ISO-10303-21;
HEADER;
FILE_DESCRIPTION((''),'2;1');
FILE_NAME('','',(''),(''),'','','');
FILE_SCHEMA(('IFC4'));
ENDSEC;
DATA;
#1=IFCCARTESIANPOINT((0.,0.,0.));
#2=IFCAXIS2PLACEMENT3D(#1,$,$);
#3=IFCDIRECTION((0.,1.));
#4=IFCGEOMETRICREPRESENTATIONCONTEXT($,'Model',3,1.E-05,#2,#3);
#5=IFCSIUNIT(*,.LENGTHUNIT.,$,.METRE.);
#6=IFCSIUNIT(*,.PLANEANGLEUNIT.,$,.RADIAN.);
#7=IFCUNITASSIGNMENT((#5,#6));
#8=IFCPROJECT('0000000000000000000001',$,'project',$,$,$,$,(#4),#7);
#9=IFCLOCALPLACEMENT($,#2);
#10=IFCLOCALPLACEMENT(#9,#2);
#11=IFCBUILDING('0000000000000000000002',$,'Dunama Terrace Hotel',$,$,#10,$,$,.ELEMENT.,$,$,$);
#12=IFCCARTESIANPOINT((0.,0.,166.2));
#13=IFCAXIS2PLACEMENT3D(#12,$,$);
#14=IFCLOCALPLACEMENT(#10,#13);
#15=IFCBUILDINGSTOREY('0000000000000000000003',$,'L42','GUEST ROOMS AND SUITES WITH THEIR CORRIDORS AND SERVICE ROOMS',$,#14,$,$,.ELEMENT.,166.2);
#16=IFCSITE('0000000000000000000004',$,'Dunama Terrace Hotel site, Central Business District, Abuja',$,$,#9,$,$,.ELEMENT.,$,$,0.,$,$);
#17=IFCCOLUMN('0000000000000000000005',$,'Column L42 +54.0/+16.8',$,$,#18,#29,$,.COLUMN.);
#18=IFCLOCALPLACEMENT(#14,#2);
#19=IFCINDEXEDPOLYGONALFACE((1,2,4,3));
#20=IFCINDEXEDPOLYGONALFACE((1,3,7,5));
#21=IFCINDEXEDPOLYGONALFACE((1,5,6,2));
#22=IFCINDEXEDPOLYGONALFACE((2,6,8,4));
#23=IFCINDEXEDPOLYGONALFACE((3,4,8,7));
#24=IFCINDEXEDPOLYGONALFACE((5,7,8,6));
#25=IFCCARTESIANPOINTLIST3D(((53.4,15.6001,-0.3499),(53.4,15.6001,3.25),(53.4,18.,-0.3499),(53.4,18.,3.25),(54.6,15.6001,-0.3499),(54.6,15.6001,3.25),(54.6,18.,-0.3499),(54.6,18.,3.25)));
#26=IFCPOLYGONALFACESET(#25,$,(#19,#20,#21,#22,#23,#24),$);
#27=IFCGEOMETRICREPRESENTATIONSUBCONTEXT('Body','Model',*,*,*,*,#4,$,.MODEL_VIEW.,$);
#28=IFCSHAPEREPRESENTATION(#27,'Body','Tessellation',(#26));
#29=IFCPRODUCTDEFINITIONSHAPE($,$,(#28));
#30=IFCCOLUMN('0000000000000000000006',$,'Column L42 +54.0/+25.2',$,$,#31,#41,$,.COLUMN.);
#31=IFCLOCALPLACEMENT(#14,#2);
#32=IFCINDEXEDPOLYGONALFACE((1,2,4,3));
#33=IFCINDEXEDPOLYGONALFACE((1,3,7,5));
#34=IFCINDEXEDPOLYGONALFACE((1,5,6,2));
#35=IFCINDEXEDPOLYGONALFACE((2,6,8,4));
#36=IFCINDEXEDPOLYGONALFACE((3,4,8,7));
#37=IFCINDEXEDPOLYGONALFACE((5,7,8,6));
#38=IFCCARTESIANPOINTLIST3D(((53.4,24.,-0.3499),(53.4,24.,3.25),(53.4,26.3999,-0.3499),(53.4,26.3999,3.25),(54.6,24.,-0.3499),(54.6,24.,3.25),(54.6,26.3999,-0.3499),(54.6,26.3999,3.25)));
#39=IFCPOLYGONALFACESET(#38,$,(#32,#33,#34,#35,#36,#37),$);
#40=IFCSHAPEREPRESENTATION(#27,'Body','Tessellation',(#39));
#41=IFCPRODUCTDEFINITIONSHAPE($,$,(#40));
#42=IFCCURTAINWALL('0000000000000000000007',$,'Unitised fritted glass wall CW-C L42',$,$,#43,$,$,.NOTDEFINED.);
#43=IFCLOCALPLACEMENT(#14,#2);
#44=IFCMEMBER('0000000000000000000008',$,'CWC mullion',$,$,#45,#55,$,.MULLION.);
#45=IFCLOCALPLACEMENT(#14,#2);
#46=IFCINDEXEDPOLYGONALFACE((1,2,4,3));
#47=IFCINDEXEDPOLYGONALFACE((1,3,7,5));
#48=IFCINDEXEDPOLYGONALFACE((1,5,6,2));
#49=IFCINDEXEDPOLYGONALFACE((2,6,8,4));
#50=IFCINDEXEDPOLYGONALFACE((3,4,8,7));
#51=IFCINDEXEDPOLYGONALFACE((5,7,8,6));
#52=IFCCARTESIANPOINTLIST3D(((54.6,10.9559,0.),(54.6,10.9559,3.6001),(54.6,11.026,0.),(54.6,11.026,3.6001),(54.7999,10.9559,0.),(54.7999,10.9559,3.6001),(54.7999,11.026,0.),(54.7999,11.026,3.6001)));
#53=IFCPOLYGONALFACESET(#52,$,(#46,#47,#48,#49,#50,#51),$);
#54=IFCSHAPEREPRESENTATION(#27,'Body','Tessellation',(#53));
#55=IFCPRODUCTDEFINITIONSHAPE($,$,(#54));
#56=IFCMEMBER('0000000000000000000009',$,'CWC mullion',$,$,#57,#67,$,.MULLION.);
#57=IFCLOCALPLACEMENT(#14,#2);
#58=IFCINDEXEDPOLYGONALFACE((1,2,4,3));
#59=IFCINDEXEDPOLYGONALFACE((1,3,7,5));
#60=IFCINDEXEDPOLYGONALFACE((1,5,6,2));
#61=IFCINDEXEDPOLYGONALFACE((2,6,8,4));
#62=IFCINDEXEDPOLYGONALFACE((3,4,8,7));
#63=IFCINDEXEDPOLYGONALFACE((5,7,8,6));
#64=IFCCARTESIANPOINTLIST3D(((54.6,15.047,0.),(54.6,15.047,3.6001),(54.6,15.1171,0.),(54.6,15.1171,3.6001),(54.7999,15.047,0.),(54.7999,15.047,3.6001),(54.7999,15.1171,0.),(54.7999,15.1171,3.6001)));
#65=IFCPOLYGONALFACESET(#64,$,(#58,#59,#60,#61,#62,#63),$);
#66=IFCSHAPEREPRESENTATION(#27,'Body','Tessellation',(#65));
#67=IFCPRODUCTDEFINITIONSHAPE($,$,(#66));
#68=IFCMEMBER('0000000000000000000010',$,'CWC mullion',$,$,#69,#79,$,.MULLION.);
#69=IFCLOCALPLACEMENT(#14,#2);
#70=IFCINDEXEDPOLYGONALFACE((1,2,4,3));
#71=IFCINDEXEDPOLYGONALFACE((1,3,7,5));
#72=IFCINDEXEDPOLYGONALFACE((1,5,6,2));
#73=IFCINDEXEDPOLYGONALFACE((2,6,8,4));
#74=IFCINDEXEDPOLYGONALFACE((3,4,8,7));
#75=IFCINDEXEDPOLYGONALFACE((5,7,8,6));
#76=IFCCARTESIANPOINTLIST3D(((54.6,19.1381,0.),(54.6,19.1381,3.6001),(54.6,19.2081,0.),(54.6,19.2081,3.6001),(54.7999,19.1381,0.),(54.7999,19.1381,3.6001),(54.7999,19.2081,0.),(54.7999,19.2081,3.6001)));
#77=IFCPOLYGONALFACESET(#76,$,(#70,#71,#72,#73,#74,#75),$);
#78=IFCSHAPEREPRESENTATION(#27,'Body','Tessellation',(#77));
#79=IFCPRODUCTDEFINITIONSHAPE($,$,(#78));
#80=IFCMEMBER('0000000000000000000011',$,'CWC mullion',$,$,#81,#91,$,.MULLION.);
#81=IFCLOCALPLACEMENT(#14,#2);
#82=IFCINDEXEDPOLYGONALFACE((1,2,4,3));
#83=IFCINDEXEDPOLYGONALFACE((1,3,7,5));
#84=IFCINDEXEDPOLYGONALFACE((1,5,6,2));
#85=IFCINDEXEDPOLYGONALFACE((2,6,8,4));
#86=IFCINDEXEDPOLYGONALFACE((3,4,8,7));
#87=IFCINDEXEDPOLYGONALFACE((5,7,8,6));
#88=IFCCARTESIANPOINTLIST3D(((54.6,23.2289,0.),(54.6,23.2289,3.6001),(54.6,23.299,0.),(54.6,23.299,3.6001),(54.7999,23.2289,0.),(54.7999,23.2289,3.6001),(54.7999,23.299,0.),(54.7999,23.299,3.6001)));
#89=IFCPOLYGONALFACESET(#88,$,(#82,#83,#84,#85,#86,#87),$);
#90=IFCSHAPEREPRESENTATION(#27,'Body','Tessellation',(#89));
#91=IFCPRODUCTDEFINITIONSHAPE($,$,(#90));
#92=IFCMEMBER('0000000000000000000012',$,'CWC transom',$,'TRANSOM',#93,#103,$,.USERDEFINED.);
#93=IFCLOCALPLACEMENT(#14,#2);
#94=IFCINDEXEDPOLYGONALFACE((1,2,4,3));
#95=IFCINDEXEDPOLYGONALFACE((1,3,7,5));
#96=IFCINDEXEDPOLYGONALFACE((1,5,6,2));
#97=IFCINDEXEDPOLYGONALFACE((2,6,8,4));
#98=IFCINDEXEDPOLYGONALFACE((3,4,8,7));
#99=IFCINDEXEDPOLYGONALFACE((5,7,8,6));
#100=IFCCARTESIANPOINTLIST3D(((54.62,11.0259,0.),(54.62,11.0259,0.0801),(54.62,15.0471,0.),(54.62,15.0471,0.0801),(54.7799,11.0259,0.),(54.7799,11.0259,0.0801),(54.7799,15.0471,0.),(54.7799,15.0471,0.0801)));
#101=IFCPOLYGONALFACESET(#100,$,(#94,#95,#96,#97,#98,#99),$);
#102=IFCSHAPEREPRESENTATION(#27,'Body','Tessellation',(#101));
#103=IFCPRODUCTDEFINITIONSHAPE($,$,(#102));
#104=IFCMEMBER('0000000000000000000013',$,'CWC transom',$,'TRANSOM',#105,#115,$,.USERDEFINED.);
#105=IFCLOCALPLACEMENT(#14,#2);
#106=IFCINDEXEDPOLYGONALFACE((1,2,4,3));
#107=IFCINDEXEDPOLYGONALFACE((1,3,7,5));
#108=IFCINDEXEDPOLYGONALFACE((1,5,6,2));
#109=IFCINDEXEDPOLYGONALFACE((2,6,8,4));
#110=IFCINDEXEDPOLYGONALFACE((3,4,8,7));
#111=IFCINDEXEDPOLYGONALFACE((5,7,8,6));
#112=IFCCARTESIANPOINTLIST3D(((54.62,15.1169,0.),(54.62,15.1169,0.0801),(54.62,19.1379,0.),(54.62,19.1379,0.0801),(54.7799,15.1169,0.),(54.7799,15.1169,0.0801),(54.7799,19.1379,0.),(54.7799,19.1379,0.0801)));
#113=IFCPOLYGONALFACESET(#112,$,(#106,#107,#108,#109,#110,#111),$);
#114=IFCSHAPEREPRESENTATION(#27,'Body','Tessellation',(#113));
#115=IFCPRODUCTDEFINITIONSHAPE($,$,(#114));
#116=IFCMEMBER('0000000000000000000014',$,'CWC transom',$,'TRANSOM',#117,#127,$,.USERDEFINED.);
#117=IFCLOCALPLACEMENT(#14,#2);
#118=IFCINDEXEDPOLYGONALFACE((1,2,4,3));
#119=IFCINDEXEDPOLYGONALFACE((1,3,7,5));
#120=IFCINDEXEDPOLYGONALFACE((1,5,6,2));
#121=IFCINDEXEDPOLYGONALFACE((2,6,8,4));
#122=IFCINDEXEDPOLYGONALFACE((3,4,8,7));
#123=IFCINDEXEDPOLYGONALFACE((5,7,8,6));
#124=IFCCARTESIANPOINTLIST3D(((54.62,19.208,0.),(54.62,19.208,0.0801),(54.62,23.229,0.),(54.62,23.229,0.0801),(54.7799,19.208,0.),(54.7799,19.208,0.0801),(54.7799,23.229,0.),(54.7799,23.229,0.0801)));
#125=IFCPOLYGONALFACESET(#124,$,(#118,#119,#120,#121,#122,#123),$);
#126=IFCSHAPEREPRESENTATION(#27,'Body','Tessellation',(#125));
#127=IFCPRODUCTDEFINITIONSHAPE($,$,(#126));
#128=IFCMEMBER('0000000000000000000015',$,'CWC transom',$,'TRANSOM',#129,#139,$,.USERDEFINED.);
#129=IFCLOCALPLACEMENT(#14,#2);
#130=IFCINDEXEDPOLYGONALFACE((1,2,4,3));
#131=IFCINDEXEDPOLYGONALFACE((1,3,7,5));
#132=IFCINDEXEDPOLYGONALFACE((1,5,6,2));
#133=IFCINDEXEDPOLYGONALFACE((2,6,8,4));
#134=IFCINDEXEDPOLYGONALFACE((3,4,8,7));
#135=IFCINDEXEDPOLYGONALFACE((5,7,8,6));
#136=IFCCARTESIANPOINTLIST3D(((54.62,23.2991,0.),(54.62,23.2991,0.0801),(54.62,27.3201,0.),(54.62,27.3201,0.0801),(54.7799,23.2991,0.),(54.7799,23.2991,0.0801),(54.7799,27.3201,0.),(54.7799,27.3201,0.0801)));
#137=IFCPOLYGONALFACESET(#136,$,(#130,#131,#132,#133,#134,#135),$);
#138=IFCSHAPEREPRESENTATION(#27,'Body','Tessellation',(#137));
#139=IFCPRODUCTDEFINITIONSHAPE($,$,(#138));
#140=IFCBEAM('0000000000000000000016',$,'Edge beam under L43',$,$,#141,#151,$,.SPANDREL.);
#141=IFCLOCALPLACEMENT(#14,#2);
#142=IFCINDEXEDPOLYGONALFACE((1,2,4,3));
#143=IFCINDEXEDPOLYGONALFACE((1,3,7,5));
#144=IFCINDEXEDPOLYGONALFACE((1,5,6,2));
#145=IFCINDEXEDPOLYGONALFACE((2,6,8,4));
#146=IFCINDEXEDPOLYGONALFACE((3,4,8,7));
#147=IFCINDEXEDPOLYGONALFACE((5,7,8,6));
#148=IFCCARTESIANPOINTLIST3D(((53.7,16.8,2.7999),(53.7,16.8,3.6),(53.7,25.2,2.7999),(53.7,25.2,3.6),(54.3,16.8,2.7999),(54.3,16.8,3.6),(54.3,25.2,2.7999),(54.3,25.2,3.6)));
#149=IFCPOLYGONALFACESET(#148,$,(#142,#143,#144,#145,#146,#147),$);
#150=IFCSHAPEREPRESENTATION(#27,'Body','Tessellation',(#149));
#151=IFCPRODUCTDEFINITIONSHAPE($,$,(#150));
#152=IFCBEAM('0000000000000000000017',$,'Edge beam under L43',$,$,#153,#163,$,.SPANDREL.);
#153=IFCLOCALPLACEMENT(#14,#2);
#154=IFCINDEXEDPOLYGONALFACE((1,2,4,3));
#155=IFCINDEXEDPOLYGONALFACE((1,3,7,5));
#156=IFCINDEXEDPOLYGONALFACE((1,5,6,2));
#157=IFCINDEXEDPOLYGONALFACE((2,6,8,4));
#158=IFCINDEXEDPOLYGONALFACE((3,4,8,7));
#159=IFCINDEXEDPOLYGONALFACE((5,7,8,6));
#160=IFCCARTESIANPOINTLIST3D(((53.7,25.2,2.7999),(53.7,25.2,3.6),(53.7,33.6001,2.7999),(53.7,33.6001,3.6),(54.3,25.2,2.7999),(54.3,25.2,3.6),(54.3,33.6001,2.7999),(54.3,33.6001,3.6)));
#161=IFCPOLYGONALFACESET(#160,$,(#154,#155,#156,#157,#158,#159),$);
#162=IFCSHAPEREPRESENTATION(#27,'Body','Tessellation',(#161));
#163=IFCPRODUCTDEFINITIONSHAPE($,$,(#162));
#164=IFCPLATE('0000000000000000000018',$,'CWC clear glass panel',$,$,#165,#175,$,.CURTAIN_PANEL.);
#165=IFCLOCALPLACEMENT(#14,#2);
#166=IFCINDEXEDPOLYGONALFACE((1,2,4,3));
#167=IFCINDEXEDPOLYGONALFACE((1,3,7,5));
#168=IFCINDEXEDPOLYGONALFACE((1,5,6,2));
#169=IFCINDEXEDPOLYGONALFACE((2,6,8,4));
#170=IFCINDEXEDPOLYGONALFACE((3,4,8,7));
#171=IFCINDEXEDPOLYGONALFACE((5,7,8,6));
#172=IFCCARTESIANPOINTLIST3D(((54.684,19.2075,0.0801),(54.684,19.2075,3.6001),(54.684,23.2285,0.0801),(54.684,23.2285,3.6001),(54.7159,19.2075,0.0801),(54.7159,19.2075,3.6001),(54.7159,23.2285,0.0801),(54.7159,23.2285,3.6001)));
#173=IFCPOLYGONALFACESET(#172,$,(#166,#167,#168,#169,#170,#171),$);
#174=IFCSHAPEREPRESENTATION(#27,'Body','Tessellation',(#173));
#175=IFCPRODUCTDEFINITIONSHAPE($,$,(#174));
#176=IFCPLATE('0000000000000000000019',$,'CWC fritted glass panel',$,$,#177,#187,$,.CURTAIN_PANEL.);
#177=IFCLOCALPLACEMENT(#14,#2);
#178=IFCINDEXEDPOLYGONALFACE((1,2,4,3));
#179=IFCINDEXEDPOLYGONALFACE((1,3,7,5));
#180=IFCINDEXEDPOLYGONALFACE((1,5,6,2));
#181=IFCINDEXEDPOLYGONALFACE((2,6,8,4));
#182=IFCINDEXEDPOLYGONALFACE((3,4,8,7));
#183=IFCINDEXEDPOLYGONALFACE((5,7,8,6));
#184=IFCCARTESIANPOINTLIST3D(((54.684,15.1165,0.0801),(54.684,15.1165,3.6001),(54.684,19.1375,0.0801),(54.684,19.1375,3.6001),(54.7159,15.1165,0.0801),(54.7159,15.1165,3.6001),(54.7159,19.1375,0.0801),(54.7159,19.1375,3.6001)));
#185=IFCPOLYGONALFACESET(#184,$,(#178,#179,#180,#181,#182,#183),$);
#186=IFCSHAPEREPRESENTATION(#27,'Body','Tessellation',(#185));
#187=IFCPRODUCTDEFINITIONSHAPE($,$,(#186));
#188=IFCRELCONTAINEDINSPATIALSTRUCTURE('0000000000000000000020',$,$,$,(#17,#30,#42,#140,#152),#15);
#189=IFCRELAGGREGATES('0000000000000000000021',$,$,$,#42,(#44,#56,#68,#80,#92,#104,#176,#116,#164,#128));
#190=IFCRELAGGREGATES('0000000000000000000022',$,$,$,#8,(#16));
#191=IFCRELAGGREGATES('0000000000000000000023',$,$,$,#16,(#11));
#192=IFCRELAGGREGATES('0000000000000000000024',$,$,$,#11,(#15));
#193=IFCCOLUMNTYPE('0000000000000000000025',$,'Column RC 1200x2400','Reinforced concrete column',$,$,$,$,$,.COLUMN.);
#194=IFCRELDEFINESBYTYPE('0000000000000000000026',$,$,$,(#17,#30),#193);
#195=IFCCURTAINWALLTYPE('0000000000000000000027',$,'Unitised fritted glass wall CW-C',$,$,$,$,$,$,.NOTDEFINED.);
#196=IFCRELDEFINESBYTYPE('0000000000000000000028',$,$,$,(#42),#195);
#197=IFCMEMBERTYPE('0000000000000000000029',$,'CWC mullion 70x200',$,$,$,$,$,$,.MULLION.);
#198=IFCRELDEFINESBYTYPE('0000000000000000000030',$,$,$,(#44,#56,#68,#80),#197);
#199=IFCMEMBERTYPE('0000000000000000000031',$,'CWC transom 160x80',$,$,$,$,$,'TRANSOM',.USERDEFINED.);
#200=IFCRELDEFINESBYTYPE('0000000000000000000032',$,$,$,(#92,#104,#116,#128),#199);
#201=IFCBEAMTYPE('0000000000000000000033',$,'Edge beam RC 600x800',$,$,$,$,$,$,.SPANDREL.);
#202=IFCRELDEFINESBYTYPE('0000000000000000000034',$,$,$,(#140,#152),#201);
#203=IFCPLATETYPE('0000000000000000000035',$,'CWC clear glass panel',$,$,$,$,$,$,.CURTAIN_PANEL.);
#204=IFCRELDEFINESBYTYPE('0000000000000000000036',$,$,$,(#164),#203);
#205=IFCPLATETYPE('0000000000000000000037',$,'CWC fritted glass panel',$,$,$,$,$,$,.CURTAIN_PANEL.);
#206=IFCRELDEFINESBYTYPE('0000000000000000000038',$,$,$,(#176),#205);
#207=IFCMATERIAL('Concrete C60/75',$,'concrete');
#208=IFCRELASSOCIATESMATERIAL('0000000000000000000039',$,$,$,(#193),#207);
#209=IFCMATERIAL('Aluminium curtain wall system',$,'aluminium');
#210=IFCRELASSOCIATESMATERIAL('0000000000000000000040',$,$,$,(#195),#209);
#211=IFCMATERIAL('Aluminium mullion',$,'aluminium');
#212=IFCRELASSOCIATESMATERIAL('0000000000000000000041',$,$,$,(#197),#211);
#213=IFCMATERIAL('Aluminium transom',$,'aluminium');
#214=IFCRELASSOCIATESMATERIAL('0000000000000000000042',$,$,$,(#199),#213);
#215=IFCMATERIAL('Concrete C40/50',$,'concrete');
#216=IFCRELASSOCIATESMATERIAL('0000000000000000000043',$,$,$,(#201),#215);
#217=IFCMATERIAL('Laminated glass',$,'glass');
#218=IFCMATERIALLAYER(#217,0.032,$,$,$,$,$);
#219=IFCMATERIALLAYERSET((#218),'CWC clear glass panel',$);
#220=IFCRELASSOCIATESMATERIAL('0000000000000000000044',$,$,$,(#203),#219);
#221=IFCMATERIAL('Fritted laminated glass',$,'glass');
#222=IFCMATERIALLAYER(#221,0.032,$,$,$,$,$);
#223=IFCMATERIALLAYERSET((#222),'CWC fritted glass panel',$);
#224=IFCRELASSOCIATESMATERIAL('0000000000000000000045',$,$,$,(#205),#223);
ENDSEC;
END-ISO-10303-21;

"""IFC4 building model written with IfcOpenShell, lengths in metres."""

from ifc_helpers import new_model, si_unit, direction, frame, origin, origin_2d, place, context, subcontext, project, spatial, rectangle, extrude, material, layer, layer_set, material_profile, profile_set, type_object, element, aggregate, save


model = new_model("IFC4")

# Units and contexts
model_context = context("Model", 3, precision=1e-05, world=origin(), true_north=direction((0.0, 1.0)))
body_context = subcontext(model_context, "Body", "Model", "MODEL_VIEW")
ifc_project = project(units=[si_unit("LENGTHUNIT", "METRE"), si_unit("PLANEANGLEUNIT", "RADIAN")], contexts=[model_context])

# Site, building, storey
site_placement = place(None, origin())
site = spatial("IfcSite", under=ifc_project, at=site_placement, Name="Dunama Terrace Hotel site, Central Business District, Abuja", CompositionType="ELEMENT", RefElevation=0.0)
building_placement = place(site_placement, origin())
building = spatial("IfcBuilding", under=site, at=building_placement, Name="Dunama Terrace Hotel", CompositionType="ELEMENT")
storey_placement = place(building_placement, frame((0.0, 0.0, 166.2)))
storey = spatial("IfcBuildingStorey", under=building, at=storey_placement, Name="L42", Description="GUEST ROOMS AND SUITES WITH THEIR CORRIDORS AND SERVICE ROOMS", CompositionType="ELEMENT", Elevation=166.2)

# Columns
ifc_material_1 = material(Name="Concrete C60/75", Category="concrete")
ifc_material_profile_1 = material_profile(ifc_material_1, rectangle(XDim=1.2, YDim=2.3999, at=origin_2d()), Name="RC 1200x2400")
ifc_profile_set_1 = profile_set([ifc_material_profile_1], Name="Concrete C60/75")
column_type = type_object("IfcColumnType", Name="Column RC 1200x2400", Description="Reinforced concrete column", PredefinedType="COLUMN", material=ifc_profile_set_1)
for number, where, z_axis, x_axis, name in (
    (1, (54.0, 16.8, -0.3499), (0.0, 0.0, 1.0), (1.0, 0.0, 0.0), "Column L42 +54.0/+16.8"),
    (2, (54.0, 25.2, -0.3499), (0.0, 0.0, 1.0), (1.0, 0.0, 0.0), "Column L42 +54.0/+25.2"),
):
    element("IfcColumn", number, at=place(storey_placement, frame(where, z_axis=z_axis, x_axis=x_axis)), inside=storey, type_object=column_type, Name=name, PredefinedType="COLUMN", context=body_context, shape_type="SweptSolid", body=[
        extrude(rectangle(XDim=1.2, YDim=2.3999, at=origin_2d()), origin(), (0.0, 0.0, 1.0), 3.5999),
    ])

# Curtain wall, members
ifc_material_2 = material(Name="Aluminium curtain wall system", Category="aluminium")
curtain_wall_type = type_object("IfcCurtainWallType", Name="Unitised fritted glass wall CW-C", PredefinedType="NOTDEFINED", material=ifc_material_2)
curtain_wall_placement = place(storey_placement, origin())
curtain_wall = element("IfcCurtainWall", 3, at=curtain_wall_placement, inside=storey, type_object=curtain_wall_type, Name="Unitised fritted glass wall CW-C L42", PredefinedType="NOTDEFINED")
ifc_material_3 = material(Name="Aluminium mullion", Category="aluminium")
ifc_material_profile_2 = material_profile(ifc_material_3, rectangle(XDim=0.0701, YDim=0.2, at=origin_2d()), Name="CWC MULLION 70X200")
ifc_profile_set_2 = profile_set([ifc_material_profile_2], Name="Aluminium mullion")
member_type_1 = type_object("IfcMemberType", Name="CWC mullion 70x200", PredefinedType="MULLION", material=ifc_profile_set_2)
member_1_placement = place(storey_placement, frame((54.7, 10.991, 0.0), z_axis=(0.0, 0.0, 1.0), x_axis=(0.0, 1.0, 0.0)))
member_1 = element("IfcMember", 4, at=member_1_placement, type_object=member_type_1, Name="CWC mullion", PredefinedType="MULLION", context=body_context, shape_type="SweptSolid", body=[
    extrude(rectangle(XDim=0.0701, YDim=0.2, at=origin_2d()), origin(), (0.0, 0.0, 1.0), 3.6001),
])
member_2_placement = place(storey_placement, frame((54.7, 15.082, 0.0), z_axis=(0.0, 0.0, 1.0), x_axis=(0.0, 1.0, 0.0)))
member_2 = element("IfcMember", 5, at=member_2_placement, type_object=member_type_1, Name="CWC mullion", PredefinedType="MULLION", context=body_context, shape_type="SweptSolid", body=[
    extrude(rectangle(XDim=0.0701, YDim=0.2, at=origin_2d()), origin(), (0.0, 0.0, 1.0), 3.6001),
])
member_3_placement = place(storey_placement, frame((54.7, 19.1731, 0.0), z_axis=(0.0, 0.0, 1.0), x_axis=(0.0, 1.0, 0.0)))
member_3 = element("IfcMember", 6, at=member_3_placement, type_object=member_type_1, Name="CWC mullion", PredefinedType="MULLION", context=body_context, shape_type="SweptSolid", body=[
    extrude(rectangle(XDim=0.0701, YDim=0.2, at=origin_2d()), origin(), (0.0, 0.0, 1.0), 3.6001),
])
member_4_placement = place(storey_placement, frame((54.7, 23.2639, 0.0), z_axis=(0.0, 0.0, 1.0), x_axis=(0.0, 1.0, 0.0)))
member_4 = element("IfcMember", 7, at=member_4_placement, type_object=member_type_1, Name="CWC mullion", PredefinedType="MULLION", context=body_context, shape_type="SweptSolid", body=[
    extrude(rectangle(XDim=0.0701, YDim=0.2, at=origin_2d()), origin(), (0.0, 0.0, 1.0), 3.6001),
])
ifc_material_4 = material(Name="Aluminium transom", Category="aluminium")
ifc_material_profile_3 = material_profile(ifc_material_4, rectangle(XDim=0.1599, YDim=0.0801, at=origin_2d()), Name="CWC TRANSOM 160X80")
ifc_profile_set_3 = profile_set([ifc_material_profile_3], Name="Aluminium transom")
member_type_2 = type_object("IfcMemberType", Name="CWC transom 160x80", ElementType="TRANSOM", PredefinedType="USERDEFINED", material=ifc_profile_set_3)
member_5_placement = place(storey_placement, frame((54.7, 11.0259, 0.04), z_axis=(0.0, 1.0, 0.0), x_axis=(-1.0, 0.0, 0.0)))
member_5 = element("IfcMember", 8, at=member_5_placement, type_object=member_type_2, Name="CWC transom", ObjectType="TRANSOM", PredefinedType="USERDEFINED", context=body_context, shape_type="SweptSolid", body=[
    extrude(rectangle(XDim=0.1599, YDim=0.0801, at=origin_2d()), origin(), (0.0, 0.0, 1.0), 4.0212),
])
member_6_placement = place(storey_placement, frame((54.7, 15.1169, 0.04), z_axis=(0.0, 1.0, 0.0), x_axis=(-1.0, 0.0, 0.0)))
member_6 = element("IfcMember", 9, at=member_6_placement, type_object=member_type_2, Name="CWC transom", ObjectType="TRANSOM", PredefinedType="USERDEFINED", context=body_context, shape_type="SweptSolid", body=[
    extrude(rectangle(XDim=0.1599, YDim=0.0801, at=origin_2d()), origin(), (0.0, 0.0, 1.0), 4.021),
])
member_7_placement = place(storey_placement, frame((54.7, 19.208, 0.04), z_axis=(0.0, 1.0, 0.0), x_axis=(-1.0, 0.0, 0.0)))
member_7 = element("IfcMember", 10, at=member_7_placement, type_object=member_type_2, Name="CWC transom", ObjectType="TRANSOM", PredefinedType="USERDEFINED", context=body_context, shape_type="SweptSolid", body=[
    extrude(rectangle(XDim=0.1599, YDim=0.0801, at=origin_2d()), origin(), (0.0, 0.0, 1.0), 4.021),
])
member_8_placement = place(storey_placement, frame((54.7, 23.2991, 0.04), z_axis=(0.0, 1.0, 0.0), x_axis=(-1.0, 0.0, 0.0)))
member_8 = element("IfcMember", 11, at=member_8_placement, type_object=member_type_2, Name="CWC transom", ObjectType="TRANSOM", PredefinedType="USERDEFINED", context=body_context, shape_type="SweptSolid", body=[
    extrude(rectangle(XDim=0.1599, YDim=0.0801, at=origin_2d()), origin(), (0.0, 0.0, 1.0), 4.021),
])

# Beams
ifc_material_5 = material(Name="Concrete C40/50", Category="concrete")
ifc_material_profile_4 = material_profile(ifc_material_5, rectangle(XDim=0.6001, YDim=0.8, at=origin_2d()), Name="RC 600x800")
ifc_profile_set_4 = profile_set([ifc_material_profile_4], Name="Concrete C40/50")
beam_type = type_object("IfcBeamType", Name="Edge beam RC 600x800", PredefinedType="SPANDREL", material=ifc_profile_set_4)
beam_1_placement = place(storey_placement, frame((54.0, 16.8, 3.2), z_axis=(0.0, 1.0, 0.0), x_axis=(-1.0, 0.0, 0.0)))
element("IfcBeam", 12, at=beam_1_placement, inside=storey, type_object=beam_type, Name="Edge beam under L43", PredefinedType="SPANDREL", context=body_context, shape_type="SweptSolid", body=[
    extrude(rectangle(XDim=0.6001, YDim=0.8, at=origin_2d()), origin(), (0.0, 0.0, 1.0), 8.3999),
])
beam_2_placement = place(storey_placement, frame((54.0, 25.2, 3.2), z_axis=(0.0, 1.0, 0.0), x_axis=(-1.0, 0.0, 0.0)))
element("IfcBeam", 13, at=beam_2_placement, inside=storey, type_object=beam_type, Name="Edge beam under L43", PredefinedType="SPANDREL", context=body_context, shape_type="SweptSolid", body=[
    extrude(rectangle(XDim=0.6001, YDim=0.8, at=origin_2d()), origin(), (0.0, 0.0, 1.0), 8.4001),
])

# Plates
ifc_material_6 = material(Name="Laminated glass", Category="glass")
ifc_layer_1 = layer(ifc_material_6, 0.032)
ifc_layer_set_1 = layer_set([ifc_layer_1], Name="CWC clear glass panel")
plate_type_1 = type_object("IfcPlateType", Name="CWC clear glass panel", PredefinedType="CURTAIN_PANEL", material=ifc_layer_set_1)
plate_1_placement = place(storey_placement, frame((54.7, 21.218, 0.0801), z_axis=(0.0, 0.0, 1.0), x_axis=(0.0, 1.0, 0.0)))
plate_1 = element("IfcPlate", 14, at=plate_1_placement, type_object=plate_type_1, Name="CWC clear glass panel", PredefinedType="CURTAIN_PANEL", context=body_context, shape_type="SweptSolid", body=[
    extrude(rectangle(XDim=4.021, YDim=0.032, at=origin_2d()), origin(), (0.0, 0.0, 1.0), 3.52),
])
ifc_material_7 = material(Name="Fritted laminated glass", Category="glass")
ifc_layer_2 = layer(ifc_material_7, 0.032)
ifc_layer_set_2 = layer_set([ifc_layer_2], Name="CWC fritted glass panel")
plate_type_2 = type_object("IfcPlateType", Name="CWC fritted glass panel", PredefinedType="CURTAIN_PANEL", material=ifc_layer_set_2)
plate_2_placement = place(storey_placement, frame((54.7, 17.127, 0.0801), z_axis=(0.0, 0.0, 1.0), x_axis=(0.0, 1.0, 0.0)))
plate_2 = element("IfcPlate", 15, at=plate_2_placement, type_object=plate_type_2, Name="CWC fritted glass panel", PredefinedType="CURTAIN_PANEL", context=body_context, shape_type="SweptSolid", body=[
    extrude(rectangle(XDim=4.021, YDim=0.032, at=origin_2d()), origin(), (0.0, 0.0, 1.0), 3.52),
])
aggregate(curtain_wall, [member_1, member_2, member_3, member_4, member_5, member_6, plate_2, member_7, plate_1, member_8])

save(model, "model.ifc")
